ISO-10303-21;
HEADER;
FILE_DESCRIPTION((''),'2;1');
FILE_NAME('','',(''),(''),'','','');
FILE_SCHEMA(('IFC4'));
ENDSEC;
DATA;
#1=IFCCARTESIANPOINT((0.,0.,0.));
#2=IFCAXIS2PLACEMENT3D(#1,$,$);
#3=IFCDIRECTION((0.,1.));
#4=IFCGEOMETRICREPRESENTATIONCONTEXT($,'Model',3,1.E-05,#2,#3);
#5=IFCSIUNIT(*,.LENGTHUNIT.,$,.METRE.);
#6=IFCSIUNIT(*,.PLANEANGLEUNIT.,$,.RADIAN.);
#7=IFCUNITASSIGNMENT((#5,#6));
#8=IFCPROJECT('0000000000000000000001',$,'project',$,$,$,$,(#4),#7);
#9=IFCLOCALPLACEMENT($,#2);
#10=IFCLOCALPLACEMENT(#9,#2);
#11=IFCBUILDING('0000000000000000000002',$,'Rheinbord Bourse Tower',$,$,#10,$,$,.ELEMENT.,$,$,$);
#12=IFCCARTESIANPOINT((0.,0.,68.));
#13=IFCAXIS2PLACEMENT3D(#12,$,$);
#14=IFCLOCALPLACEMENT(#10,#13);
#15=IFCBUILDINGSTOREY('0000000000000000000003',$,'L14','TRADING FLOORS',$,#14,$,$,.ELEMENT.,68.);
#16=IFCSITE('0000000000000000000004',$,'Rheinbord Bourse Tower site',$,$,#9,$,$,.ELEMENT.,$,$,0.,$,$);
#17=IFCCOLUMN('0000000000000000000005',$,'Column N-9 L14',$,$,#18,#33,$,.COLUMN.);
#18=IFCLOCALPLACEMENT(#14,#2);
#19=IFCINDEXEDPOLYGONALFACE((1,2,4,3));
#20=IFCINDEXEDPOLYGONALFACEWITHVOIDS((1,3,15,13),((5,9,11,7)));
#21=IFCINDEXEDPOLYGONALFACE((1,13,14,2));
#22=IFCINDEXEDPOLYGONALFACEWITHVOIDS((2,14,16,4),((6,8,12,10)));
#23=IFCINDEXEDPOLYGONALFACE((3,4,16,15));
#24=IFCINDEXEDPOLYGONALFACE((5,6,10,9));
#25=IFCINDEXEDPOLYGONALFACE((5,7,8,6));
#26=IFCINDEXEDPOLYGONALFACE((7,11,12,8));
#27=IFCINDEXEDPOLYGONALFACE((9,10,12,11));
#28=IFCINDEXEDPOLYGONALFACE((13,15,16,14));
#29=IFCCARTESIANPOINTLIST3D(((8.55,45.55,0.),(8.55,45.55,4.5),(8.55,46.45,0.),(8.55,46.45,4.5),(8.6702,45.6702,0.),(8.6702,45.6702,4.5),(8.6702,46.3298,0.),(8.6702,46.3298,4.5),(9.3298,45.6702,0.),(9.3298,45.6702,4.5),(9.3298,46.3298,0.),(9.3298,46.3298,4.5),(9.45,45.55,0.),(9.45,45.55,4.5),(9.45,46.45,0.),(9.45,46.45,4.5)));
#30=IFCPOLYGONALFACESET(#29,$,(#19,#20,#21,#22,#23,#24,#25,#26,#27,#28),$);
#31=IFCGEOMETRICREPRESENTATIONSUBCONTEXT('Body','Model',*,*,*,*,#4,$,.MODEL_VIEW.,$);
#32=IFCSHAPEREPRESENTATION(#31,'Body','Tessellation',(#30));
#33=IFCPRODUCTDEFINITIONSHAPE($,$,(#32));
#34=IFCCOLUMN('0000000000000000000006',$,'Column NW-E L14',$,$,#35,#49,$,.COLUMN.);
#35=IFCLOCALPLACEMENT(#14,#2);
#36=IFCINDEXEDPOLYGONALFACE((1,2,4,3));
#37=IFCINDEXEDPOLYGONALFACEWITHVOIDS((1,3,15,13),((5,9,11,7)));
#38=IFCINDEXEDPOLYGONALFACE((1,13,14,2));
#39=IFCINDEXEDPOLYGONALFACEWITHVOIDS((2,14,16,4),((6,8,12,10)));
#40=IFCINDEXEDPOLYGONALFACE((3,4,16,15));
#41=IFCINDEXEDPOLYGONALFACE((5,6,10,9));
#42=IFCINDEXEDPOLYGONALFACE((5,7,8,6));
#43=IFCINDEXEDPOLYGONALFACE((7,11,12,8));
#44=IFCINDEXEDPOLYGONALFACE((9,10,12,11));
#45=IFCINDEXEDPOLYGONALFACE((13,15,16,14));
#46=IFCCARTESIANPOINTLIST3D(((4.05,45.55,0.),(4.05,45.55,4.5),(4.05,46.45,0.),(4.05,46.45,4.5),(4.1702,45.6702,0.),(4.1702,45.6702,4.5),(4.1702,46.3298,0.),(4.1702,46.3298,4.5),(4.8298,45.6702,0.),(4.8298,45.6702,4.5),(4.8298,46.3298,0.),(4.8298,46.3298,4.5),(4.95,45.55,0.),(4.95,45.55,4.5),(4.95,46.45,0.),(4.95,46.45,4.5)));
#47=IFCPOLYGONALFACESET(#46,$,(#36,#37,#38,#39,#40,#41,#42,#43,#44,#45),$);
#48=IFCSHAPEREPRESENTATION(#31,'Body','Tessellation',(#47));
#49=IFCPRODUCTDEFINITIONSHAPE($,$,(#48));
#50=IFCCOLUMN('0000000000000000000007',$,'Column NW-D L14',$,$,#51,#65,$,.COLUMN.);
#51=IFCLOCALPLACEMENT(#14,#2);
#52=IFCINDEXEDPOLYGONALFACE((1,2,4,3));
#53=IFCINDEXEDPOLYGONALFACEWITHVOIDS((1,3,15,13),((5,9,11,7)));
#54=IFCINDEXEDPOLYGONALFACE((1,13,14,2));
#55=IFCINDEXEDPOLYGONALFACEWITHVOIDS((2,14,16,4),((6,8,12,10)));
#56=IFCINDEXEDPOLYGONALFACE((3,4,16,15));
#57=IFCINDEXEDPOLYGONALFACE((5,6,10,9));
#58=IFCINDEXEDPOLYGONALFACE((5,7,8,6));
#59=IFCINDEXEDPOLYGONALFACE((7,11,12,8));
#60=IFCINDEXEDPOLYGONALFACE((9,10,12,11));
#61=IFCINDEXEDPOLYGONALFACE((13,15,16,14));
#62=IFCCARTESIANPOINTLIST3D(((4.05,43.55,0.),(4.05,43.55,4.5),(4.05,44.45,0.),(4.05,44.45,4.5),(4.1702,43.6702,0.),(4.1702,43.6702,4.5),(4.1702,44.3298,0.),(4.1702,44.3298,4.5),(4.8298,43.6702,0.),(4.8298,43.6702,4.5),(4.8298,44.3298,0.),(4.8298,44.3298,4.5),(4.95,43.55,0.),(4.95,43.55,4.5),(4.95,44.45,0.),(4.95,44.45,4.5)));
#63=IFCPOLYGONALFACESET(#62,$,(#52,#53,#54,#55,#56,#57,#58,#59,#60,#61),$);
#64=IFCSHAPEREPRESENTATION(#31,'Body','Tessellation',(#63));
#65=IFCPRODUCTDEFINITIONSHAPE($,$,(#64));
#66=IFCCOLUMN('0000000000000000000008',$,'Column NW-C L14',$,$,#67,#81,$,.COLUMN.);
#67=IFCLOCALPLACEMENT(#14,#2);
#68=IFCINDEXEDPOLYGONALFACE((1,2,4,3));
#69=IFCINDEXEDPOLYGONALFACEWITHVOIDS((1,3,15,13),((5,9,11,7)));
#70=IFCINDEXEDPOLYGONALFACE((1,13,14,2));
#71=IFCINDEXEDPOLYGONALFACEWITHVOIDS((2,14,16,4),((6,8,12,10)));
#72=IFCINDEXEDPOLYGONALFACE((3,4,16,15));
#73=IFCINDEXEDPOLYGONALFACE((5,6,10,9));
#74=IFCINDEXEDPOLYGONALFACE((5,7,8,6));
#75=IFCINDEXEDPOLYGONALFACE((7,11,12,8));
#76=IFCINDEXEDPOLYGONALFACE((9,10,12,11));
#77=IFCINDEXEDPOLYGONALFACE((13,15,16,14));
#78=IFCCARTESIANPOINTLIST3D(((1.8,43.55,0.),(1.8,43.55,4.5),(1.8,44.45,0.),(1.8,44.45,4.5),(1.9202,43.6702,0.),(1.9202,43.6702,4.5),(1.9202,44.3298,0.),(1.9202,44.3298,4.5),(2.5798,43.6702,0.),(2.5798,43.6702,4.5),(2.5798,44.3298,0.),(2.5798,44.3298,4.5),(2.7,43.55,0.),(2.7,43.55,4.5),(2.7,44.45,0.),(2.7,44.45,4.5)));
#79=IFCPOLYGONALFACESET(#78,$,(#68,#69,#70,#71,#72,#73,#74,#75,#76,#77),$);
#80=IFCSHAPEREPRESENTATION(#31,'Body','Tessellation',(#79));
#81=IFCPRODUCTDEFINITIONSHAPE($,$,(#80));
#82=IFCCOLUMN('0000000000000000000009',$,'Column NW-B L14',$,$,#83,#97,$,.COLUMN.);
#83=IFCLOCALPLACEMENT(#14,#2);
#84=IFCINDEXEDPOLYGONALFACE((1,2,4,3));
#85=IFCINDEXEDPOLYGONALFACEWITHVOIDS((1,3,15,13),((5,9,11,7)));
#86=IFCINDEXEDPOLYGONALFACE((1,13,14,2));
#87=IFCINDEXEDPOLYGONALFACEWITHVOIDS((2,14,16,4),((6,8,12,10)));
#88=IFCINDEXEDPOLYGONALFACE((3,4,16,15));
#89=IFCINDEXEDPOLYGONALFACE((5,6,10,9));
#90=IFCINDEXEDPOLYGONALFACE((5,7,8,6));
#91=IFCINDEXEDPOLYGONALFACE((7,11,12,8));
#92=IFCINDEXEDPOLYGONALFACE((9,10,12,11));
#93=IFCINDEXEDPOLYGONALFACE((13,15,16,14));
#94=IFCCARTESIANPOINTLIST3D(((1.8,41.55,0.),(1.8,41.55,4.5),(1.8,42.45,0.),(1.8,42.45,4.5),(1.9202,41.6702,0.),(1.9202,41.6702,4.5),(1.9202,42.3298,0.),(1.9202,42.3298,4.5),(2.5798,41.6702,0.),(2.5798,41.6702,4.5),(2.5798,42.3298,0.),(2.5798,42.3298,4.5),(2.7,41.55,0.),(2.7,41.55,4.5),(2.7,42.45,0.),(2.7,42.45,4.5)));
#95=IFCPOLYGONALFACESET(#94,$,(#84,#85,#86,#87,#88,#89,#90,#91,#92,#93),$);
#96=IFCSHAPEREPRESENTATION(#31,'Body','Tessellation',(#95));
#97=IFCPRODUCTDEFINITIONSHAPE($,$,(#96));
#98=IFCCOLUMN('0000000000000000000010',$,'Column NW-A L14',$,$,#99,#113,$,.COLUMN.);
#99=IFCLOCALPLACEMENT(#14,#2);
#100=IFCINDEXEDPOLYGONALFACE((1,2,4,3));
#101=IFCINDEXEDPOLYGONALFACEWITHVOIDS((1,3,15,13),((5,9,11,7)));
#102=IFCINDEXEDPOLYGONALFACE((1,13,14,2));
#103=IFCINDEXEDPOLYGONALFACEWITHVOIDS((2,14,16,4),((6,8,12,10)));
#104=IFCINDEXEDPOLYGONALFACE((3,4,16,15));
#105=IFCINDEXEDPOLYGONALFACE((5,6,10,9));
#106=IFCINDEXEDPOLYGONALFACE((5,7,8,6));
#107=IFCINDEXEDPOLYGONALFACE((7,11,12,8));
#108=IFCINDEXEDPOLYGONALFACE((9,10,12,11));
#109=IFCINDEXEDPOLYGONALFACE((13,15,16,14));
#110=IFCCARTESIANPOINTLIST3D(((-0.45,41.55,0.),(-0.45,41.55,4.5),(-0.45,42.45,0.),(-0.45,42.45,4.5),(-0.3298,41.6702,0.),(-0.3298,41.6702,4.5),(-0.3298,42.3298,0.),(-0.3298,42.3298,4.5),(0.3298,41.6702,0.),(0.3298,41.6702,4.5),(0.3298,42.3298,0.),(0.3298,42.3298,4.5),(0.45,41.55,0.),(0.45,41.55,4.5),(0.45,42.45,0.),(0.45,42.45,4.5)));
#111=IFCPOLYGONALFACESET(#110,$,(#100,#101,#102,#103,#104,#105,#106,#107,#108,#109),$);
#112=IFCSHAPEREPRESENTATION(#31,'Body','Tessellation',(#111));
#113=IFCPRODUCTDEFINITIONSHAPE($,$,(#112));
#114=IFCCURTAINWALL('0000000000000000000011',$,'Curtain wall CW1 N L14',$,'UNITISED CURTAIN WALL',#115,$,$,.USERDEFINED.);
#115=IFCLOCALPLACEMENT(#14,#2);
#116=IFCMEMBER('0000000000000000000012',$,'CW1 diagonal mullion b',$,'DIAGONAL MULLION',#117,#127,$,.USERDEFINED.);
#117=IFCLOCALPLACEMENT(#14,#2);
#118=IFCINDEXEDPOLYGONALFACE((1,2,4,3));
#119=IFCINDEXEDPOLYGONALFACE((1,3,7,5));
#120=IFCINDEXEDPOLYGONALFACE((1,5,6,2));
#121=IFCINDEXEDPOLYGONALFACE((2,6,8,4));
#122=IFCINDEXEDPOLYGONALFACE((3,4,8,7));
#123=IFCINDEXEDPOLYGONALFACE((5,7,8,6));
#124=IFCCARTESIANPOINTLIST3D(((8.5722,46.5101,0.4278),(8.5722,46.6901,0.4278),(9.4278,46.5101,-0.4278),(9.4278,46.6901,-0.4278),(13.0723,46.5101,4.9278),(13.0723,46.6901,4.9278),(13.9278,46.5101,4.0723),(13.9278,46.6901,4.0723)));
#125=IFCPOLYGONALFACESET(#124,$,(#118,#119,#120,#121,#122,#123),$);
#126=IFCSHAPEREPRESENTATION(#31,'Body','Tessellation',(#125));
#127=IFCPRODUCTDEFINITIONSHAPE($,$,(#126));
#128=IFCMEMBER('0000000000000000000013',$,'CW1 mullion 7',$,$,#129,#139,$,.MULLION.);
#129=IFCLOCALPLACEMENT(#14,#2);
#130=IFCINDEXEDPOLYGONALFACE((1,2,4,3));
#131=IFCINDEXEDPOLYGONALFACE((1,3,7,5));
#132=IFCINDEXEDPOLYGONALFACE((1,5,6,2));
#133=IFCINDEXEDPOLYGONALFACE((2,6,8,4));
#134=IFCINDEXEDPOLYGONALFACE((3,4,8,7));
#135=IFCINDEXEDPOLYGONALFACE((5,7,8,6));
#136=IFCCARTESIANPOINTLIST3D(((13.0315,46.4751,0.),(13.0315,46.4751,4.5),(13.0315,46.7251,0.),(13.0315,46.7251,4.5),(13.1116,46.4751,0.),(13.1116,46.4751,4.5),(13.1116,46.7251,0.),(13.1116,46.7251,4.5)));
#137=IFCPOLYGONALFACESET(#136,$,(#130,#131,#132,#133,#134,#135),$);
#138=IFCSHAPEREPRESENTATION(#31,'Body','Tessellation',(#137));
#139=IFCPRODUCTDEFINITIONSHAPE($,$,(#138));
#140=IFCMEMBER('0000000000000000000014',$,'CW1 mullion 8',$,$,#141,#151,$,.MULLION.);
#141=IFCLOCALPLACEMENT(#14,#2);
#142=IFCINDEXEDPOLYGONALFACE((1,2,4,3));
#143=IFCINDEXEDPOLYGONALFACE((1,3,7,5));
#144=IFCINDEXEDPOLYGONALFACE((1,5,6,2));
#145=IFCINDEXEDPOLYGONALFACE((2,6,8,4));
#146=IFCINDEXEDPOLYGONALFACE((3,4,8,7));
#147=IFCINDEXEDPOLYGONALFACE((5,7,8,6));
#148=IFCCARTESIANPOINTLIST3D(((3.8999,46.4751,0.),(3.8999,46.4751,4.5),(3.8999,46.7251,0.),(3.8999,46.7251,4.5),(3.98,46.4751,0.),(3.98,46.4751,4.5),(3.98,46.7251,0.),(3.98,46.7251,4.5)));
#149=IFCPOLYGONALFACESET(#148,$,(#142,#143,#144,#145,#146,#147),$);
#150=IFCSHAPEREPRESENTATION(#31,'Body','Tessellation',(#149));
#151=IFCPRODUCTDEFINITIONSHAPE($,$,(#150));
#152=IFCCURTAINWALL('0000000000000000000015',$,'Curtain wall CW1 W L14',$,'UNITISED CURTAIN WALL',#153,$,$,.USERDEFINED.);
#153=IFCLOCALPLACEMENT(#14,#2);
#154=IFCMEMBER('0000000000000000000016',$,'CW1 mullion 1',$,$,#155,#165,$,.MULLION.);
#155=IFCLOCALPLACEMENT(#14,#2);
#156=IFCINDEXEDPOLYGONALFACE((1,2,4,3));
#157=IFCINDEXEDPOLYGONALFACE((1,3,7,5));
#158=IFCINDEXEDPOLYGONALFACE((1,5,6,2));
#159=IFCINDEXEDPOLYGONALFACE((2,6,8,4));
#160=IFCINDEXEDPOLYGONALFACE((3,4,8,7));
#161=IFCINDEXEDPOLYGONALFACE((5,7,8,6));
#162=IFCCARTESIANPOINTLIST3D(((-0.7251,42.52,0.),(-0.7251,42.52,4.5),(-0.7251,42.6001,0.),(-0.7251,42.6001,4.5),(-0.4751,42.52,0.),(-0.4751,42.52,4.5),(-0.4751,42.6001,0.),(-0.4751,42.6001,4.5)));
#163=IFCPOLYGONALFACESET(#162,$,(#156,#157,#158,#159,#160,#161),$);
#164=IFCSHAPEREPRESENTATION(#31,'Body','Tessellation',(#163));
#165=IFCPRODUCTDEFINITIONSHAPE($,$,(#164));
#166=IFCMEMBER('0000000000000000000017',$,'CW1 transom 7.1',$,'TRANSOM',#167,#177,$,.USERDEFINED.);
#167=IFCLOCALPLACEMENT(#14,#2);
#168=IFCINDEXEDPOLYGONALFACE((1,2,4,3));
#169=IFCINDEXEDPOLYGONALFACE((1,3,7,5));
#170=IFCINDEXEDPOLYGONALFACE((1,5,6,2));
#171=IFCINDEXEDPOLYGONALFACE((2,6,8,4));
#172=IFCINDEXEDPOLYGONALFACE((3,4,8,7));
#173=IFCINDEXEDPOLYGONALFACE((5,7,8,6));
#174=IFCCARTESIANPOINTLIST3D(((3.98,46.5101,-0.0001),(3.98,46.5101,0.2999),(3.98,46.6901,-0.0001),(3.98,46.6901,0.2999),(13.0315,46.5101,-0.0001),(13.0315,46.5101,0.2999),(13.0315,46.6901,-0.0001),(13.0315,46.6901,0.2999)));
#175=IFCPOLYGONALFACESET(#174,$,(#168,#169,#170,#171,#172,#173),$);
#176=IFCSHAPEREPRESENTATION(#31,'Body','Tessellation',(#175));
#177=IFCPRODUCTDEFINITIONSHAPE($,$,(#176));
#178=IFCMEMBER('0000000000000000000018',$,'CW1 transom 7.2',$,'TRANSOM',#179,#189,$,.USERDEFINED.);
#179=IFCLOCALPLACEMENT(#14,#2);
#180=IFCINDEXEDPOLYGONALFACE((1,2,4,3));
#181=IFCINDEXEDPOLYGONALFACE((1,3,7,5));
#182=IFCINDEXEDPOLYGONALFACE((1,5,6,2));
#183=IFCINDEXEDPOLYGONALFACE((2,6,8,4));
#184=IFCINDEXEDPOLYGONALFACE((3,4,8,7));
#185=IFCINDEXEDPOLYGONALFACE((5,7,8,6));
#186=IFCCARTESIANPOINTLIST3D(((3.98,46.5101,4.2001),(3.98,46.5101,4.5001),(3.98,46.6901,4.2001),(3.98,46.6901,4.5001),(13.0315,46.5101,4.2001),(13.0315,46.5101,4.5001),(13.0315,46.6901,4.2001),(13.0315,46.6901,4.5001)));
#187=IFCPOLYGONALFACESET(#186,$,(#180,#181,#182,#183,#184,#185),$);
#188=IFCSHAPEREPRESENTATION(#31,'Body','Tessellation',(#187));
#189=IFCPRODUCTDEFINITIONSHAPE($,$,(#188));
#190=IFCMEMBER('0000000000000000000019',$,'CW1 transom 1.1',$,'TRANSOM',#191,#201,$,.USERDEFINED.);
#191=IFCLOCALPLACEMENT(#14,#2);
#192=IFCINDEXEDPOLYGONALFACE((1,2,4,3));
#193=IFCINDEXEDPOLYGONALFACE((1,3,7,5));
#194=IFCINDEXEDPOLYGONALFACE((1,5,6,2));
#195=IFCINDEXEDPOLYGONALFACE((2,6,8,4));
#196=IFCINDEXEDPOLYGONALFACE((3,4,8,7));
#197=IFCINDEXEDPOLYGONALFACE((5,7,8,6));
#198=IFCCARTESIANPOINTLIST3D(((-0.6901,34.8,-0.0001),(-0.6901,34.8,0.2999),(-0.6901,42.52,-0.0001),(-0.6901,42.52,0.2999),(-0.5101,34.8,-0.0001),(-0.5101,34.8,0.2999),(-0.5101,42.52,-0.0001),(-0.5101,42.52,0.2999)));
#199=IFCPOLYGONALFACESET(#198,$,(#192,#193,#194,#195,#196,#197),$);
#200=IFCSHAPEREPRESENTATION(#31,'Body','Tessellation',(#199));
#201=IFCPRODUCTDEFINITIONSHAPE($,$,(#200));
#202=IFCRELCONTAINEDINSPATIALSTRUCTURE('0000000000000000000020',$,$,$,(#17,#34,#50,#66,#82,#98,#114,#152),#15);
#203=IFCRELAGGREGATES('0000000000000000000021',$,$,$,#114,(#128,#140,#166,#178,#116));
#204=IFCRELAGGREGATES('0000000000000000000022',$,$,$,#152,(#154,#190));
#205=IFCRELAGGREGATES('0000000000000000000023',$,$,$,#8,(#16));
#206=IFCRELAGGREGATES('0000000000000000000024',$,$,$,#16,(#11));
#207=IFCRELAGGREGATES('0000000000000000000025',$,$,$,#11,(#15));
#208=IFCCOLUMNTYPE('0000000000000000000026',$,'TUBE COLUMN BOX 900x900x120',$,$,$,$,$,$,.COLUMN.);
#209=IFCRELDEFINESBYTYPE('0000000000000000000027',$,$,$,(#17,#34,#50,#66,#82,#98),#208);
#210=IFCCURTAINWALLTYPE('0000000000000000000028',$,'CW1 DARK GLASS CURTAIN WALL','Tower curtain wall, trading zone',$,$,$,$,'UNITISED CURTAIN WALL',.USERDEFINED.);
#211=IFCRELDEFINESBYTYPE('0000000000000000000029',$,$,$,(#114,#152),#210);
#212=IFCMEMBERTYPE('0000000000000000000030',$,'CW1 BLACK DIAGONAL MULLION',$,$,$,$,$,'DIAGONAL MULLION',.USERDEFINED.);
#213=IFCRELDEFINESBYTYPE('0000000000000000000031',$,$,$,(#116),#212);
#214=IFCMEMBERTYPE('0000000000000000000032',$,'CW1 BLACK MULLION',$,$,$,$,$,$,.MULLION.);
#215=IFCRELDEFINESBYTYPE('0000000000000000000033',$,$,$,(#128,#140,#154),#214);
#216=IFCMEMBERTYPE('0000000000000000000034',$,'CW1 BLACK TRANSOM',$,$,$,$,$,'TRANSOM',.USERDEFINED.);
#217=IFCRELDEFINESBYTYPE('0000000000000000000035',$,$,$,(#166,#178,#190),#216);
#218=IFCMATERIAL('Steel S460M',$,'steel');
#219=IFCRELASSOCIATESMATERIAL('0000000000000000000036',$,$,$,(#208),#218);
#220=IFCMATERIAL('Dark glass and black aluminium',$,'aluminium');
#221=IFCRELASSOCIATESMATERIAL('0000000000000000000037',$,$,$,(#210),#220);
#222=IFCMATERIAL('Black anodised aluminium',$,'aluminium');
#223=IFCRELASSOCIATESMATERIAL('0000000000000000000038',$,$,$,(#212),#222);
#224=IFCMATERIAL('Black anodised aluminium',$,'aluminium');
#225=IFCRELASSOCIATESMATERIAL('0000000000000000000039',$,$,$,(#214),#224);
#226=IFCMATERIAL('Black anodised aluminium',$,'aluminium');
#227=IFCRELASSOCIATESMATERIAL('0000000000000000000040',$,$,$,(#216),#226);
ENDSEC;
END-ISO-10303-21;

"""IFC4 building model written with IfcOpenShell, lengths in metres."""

from ifc_helpers import new_model, si_unit, direction, frame, origin, origin_2d, place, context, subcontext, project, spatial, rectangle, hollow_rectangle, extrude, material, material_profile, profile_set, type_object, element, aggregate, save


model = new_model("IFC4")

# Units and contexts
model_context = context("Model", 3, precision=1e-05, world=origin(), true_north=direction((0.0, 1.0)))
body_context = subcontext(model_context, "Body", "Model", "MODEL_VIEW")
ifc_project = project(units=[si_unit("LENGTHUNIT", "METRE"), si_unit("PLANEANGLEUNIT", "RADIAN")], contexts=[model_context])

# Site, building, storey
site_placement = place(None, origin())
site = spatial("IfcSite", under=ifc_project, at=site_placement, Name="Rheinbord Bourse Tower site", CompositionType="ELEMENT", RefElevation=0.0)
building_placement = place(site_placement, origin())
building = spatial("IfcBuilding", under=site, at=building_placement, Name="Rheinbord Bourse Tower", CompositionType="ELEMENT")
storey_placement = place(building_placement, frame((0.0, 0.0, 68.0)))
storey = spatial("IfcBuildingStorey", under=building, at=storey_placement, Name="L14", Description="TRADING FLOORS", CompositionType="ELEMENT", Elevation=68.0)

# Columns
ifc_material_1 = material(Name="Steel S460M", Category="steel")
ifc_material_profile_1 = material_profile(ifc_material_1, hollow_rectangle(XDim=0.8999, YDim=0.8999, WallThickness=0.1201, at=origin_2d()), Name="BOX 900x900x120")
ifc_profile_set_1 = profile_set([ifc_material_profile_1], Name="Steel S460M")
column_type = type_object("IfcColumnType", Name="TUBE COLUMN BOX 900x900x120", PredefinedType="COLUMN", material=ifc_profile_set_1)
for number, where, z_axis, x_axis, name in (
    (1, (9.0, 46.0, 0.0), (0.0, 0.0, 1.0), (0.0, 1.0, 0.0), "Column N-9 L14"),
    (2, (4.5, 46.0, 0.0), (0.0, 0.0, 1.0), (0.0, 1.0, 0.0), "Column NW-E L14"),
    (3, (4.5, 44.0, 0.0), (0.0, 0.0, 1.0), (0.0, 1.0, 0.0), "Column NW-D L14"),
    (4, (2.25, 44.0, 0.0), (0.0, 0.0, 1.0), (1.0, 0.0, 0.0), "Column NW-C L14"),
    (5, (2.25, 42.0, 0.0), (0.0, 0.0, 1.0), (1.0, 0.0, 0.0), "Column NW-B L14"),
    (6, (0.0, 42.0, 0.0), (0.0, 0.0, 1.0), (1.0, 0.0, 0.0), "Column NW-A L14"),
):
    element("IfcColumn", number, at=place(storey_placement, frame(where, z_axis=z_axis, x_axis=x_axis)), inside=storey, type_object=column_type, Name=name, PredefinedType="COLUMN", context=body_context, shape_type="SweptSolid", body=[
        extrude(hollow_rectangle(XDim=0.8999, YDim=0.8999, WallThickness=0.1201, at=origin_2d()), origin(), (0.0, 0.0, 1.0), 4.5),
    ])

# Curtain wall, members
ifc_material_2 = material(Name="Dark glass and black aluminium", Category="aluminium")
curtain_wall_type = type_object("IfcCurtainWallType", Name="CW1 DARK GLASS CURTAIN WALL", Description="Tower curtain wall, trading zone", ElementType="UNITISED CURTAIN WALL", PredefinedType="USERDEFINED", material=ifc_material_2)
curtain_wall_1_placement = place(storey_placement, origin())
curtain_wall_1 = element("IfcCurtainWall", 7, at=curtain_wall_1_placement, inside=storey, type_object=curtain_wall_type, Name="Curtain wall CW1 N L14", ObjectType="UNITISED CURTAIN WALL", PredefinedType="USERDEFINED")
ifc_material_3 = material(Name="Black anodised aluminium", Category="aluminium")
ifc_material_profile_2 = material_profile(ifc_material_3, rectangle(XDim=0.1799, YDim=1.21, at=origin_2d()), Name="CW1 DIAGONAL MULLION 1210x180")
ifc_profile_set_2 = profile_set([ifc_material_profile_2], Name="Black anodised aluminium")
member_type_1 = type_object("IfcMemberType", Name="CW1 BLACK DIAGONAL MULLION", ElementType="DIAGONAL MULLION", PredefinedType="USERDEFINED", material=ifc_profile_set_2)
member_1_placement = place(storey_placement, frame((9.0, 46.6001, 0.0), z_axis=(0.707107, 0.0, 0.707107), x_axis=(0.0, 1.0, 0.0)))
member_1 = element("IfcMember", 8, at=member_1_placement, type_object=member_type_1, Name="CW1 diagonal mullion b", ObjectType="DIAGONAL MULLION", PredefinedType="USERDEFINED", context=body_context, shape_type="SweptSolid", body=[
    extrude(rectangle(XDim=0.1799, YDim=1.21, at=origin_2d()), origin(), (0.0, 0.0, 1.0), 6.364),
])
ifc_material_4 = material(Name="Black anodised aluminium", Category="aluminium")
ifc_material_profile_3 = material_profile(ifc_material_4, rectangle(XDim=0.25, YDim=0.0801, at=origin_2d()), Name="CW1 MULLION 80x250")
ifc_profile_set_3 = profile_set([ifc_material_profile_3], Name="Black anodised aluminium")
member_type_2 = type_object("IfcMemberType", Name="CW1 BLACK MULLION", PredefinedType="MULLION", material=ifc_profile_set_3)
member_2_placement = place(storey_placement, frame((13.0715, 46.6001, 0.0), z_axis=(0.0, 0.0, 1.0), x_axis=(0.0, -1.0, 0.0)))
member_2 = element("IfcMember", 9, at=member_2_placement, type_object=member_type_2, Name="CW1 mullion 7", PredefinedType="MULLION", context=body_context, shape_type="SweptSolid", body=[
    extrude(rectangle(XDim=0.25, YDim=0.0801, at=origin_2d()), origin(), (0.0, 0.0, 1.0), 4.5),
])
member_3_placement = place(storey_placement, frame((3.9399, 46.6001, 0.0), z_axis=(0.0, 0.0, 1.0), x_axis=(0.0, -1.0, 0.0)))
member_3 = element("IfcMember", 10, at=member_3_placement, type_object=member_type_2, Name="CW1 mullion 8", PredefinedType="MULLION", context=body_context, shape_type="SweptSolid", body=[
    extrude(rectangle(XDim=0.25, YDim=0.0801, at=origin_2d()), origin(), (0.0, 0.0, 1.0), 4.5),
])

# Curtain wall, member
curtain_wall_2_placement = place(storey_placement, origin())
curtain_wall_2 = element("IfcCurtainWall", 11, at=curtain_wall_2_placement, inside=storey, type_object=curtain_wall_type, Name="Curtain wall CW1 W L14", ObjectType="UNITISED CURTAIN WALL", PredefinedType="USERDEFINED")
member_4_placement = place(storey_placement, frame((-0.6001, 42.5601, 0.0), z_axis=(0.0, 0.0, 1.0), x_axis=(1.0, 0.0, 0.0)))
member_4 = element("IfcMember", 12, at=member_4_placement, type_object=member_type_2, Name="CW1 mullion 1", PredefinedType="MULLION", context=body_context, shape_type="SweptSolid", body=[
    extrude(rectangle(XDim=0.25, YDim=0.0801, at=origin_2d()), origin(), (0.0, 0.0, 1.0), 4.5),
])

# Members
ifc_material_5 = material(Name="Black anodised aluminium", Category="aluminium")
ifc_material_profile_4 = material_profile(ifc_material_5, rectangle(XDim=0.1799, YDim=0.3, at=origin_2d()), Name="CW1 TRANSOM 300x180")
ifc_profile_set_4 = profile_set([ifc_material_profile_4], Name="Black anodised aluminium")
member_type_3 = type_object("IfcMemberType", Name="CW1 BLACK TRANSOM", ElementType="TRANSOM", PredefinedType="USERDEFINED", material=ifc_profile_set_4)
member_5_placement = place(storey_placement, frame((13.0315, 46.6001, 0.1499), z_axis=(-1.0, 0.0, 0.0), x_axis=(0.0, -1.0, 0.0)))
member_5 = element("IfcMember", 13, at=member_5_placement, type_object=member_type_3, Name="CW1 transom 7.1", ObjectType="TRANSOM", PredefinedType="USERDEFINED", context=body_context, shape_type="SweptSolid", body=[
    extrude(rectangle(XDim=0.1799, YDim=0.3, at=origin_2d()), origin(), (0.0, 0.0, 1.0), 9.0515),
])
member_6_placement = place(storey_placement, frame((13.0315, 46.6001, 4.3501), z_axis=(-1.0, 0.0, 0.0), x_axis=(0.0, -1.0, 0.0)))
member_6 = element("IfcMember", 14, at=member_6_placement, type_object=member_type_3, Name="CW1 transom 7.2", ObjectType="TRANSOM", PredefinedType="USERDEFINED", context=body_context, shape_type="SweptSolid", body=[
    extrude(rectangle(XDim=0.1799, YDim=0.3, at=origin_2d()), origin(), (0.0, 0.0, 1.0), 9.0515),
])
member_7_placement = place(storey_placement, frame((-0.6001, 42.52, 0.1499), z_axis=(0.0, -1.0, 0.0), x_axis=(1.0, 0.0, 0.0)))
member_7 = element("IfcMember", 15, at=member_7_placement, type_object=member_type_3, Name="CW1 transom 1.1", ObjectType="TRANSOM", PredefinedType="USERDEFINED", context=body_context, shape_type="SweptSolid", body=[
    extrude(rectangle(XDim=0.1799, YDim=0.3, at=origin_2d()), origin(), (0.0, 0.0, 1.0), 7.72),
])

aggregate(curtain_wall_1, [member_2, member_3, member_5, member_6, member_1])
aggregate(curtain_wall_2, [member_4, member_7])

save(model, "model.ifc")
